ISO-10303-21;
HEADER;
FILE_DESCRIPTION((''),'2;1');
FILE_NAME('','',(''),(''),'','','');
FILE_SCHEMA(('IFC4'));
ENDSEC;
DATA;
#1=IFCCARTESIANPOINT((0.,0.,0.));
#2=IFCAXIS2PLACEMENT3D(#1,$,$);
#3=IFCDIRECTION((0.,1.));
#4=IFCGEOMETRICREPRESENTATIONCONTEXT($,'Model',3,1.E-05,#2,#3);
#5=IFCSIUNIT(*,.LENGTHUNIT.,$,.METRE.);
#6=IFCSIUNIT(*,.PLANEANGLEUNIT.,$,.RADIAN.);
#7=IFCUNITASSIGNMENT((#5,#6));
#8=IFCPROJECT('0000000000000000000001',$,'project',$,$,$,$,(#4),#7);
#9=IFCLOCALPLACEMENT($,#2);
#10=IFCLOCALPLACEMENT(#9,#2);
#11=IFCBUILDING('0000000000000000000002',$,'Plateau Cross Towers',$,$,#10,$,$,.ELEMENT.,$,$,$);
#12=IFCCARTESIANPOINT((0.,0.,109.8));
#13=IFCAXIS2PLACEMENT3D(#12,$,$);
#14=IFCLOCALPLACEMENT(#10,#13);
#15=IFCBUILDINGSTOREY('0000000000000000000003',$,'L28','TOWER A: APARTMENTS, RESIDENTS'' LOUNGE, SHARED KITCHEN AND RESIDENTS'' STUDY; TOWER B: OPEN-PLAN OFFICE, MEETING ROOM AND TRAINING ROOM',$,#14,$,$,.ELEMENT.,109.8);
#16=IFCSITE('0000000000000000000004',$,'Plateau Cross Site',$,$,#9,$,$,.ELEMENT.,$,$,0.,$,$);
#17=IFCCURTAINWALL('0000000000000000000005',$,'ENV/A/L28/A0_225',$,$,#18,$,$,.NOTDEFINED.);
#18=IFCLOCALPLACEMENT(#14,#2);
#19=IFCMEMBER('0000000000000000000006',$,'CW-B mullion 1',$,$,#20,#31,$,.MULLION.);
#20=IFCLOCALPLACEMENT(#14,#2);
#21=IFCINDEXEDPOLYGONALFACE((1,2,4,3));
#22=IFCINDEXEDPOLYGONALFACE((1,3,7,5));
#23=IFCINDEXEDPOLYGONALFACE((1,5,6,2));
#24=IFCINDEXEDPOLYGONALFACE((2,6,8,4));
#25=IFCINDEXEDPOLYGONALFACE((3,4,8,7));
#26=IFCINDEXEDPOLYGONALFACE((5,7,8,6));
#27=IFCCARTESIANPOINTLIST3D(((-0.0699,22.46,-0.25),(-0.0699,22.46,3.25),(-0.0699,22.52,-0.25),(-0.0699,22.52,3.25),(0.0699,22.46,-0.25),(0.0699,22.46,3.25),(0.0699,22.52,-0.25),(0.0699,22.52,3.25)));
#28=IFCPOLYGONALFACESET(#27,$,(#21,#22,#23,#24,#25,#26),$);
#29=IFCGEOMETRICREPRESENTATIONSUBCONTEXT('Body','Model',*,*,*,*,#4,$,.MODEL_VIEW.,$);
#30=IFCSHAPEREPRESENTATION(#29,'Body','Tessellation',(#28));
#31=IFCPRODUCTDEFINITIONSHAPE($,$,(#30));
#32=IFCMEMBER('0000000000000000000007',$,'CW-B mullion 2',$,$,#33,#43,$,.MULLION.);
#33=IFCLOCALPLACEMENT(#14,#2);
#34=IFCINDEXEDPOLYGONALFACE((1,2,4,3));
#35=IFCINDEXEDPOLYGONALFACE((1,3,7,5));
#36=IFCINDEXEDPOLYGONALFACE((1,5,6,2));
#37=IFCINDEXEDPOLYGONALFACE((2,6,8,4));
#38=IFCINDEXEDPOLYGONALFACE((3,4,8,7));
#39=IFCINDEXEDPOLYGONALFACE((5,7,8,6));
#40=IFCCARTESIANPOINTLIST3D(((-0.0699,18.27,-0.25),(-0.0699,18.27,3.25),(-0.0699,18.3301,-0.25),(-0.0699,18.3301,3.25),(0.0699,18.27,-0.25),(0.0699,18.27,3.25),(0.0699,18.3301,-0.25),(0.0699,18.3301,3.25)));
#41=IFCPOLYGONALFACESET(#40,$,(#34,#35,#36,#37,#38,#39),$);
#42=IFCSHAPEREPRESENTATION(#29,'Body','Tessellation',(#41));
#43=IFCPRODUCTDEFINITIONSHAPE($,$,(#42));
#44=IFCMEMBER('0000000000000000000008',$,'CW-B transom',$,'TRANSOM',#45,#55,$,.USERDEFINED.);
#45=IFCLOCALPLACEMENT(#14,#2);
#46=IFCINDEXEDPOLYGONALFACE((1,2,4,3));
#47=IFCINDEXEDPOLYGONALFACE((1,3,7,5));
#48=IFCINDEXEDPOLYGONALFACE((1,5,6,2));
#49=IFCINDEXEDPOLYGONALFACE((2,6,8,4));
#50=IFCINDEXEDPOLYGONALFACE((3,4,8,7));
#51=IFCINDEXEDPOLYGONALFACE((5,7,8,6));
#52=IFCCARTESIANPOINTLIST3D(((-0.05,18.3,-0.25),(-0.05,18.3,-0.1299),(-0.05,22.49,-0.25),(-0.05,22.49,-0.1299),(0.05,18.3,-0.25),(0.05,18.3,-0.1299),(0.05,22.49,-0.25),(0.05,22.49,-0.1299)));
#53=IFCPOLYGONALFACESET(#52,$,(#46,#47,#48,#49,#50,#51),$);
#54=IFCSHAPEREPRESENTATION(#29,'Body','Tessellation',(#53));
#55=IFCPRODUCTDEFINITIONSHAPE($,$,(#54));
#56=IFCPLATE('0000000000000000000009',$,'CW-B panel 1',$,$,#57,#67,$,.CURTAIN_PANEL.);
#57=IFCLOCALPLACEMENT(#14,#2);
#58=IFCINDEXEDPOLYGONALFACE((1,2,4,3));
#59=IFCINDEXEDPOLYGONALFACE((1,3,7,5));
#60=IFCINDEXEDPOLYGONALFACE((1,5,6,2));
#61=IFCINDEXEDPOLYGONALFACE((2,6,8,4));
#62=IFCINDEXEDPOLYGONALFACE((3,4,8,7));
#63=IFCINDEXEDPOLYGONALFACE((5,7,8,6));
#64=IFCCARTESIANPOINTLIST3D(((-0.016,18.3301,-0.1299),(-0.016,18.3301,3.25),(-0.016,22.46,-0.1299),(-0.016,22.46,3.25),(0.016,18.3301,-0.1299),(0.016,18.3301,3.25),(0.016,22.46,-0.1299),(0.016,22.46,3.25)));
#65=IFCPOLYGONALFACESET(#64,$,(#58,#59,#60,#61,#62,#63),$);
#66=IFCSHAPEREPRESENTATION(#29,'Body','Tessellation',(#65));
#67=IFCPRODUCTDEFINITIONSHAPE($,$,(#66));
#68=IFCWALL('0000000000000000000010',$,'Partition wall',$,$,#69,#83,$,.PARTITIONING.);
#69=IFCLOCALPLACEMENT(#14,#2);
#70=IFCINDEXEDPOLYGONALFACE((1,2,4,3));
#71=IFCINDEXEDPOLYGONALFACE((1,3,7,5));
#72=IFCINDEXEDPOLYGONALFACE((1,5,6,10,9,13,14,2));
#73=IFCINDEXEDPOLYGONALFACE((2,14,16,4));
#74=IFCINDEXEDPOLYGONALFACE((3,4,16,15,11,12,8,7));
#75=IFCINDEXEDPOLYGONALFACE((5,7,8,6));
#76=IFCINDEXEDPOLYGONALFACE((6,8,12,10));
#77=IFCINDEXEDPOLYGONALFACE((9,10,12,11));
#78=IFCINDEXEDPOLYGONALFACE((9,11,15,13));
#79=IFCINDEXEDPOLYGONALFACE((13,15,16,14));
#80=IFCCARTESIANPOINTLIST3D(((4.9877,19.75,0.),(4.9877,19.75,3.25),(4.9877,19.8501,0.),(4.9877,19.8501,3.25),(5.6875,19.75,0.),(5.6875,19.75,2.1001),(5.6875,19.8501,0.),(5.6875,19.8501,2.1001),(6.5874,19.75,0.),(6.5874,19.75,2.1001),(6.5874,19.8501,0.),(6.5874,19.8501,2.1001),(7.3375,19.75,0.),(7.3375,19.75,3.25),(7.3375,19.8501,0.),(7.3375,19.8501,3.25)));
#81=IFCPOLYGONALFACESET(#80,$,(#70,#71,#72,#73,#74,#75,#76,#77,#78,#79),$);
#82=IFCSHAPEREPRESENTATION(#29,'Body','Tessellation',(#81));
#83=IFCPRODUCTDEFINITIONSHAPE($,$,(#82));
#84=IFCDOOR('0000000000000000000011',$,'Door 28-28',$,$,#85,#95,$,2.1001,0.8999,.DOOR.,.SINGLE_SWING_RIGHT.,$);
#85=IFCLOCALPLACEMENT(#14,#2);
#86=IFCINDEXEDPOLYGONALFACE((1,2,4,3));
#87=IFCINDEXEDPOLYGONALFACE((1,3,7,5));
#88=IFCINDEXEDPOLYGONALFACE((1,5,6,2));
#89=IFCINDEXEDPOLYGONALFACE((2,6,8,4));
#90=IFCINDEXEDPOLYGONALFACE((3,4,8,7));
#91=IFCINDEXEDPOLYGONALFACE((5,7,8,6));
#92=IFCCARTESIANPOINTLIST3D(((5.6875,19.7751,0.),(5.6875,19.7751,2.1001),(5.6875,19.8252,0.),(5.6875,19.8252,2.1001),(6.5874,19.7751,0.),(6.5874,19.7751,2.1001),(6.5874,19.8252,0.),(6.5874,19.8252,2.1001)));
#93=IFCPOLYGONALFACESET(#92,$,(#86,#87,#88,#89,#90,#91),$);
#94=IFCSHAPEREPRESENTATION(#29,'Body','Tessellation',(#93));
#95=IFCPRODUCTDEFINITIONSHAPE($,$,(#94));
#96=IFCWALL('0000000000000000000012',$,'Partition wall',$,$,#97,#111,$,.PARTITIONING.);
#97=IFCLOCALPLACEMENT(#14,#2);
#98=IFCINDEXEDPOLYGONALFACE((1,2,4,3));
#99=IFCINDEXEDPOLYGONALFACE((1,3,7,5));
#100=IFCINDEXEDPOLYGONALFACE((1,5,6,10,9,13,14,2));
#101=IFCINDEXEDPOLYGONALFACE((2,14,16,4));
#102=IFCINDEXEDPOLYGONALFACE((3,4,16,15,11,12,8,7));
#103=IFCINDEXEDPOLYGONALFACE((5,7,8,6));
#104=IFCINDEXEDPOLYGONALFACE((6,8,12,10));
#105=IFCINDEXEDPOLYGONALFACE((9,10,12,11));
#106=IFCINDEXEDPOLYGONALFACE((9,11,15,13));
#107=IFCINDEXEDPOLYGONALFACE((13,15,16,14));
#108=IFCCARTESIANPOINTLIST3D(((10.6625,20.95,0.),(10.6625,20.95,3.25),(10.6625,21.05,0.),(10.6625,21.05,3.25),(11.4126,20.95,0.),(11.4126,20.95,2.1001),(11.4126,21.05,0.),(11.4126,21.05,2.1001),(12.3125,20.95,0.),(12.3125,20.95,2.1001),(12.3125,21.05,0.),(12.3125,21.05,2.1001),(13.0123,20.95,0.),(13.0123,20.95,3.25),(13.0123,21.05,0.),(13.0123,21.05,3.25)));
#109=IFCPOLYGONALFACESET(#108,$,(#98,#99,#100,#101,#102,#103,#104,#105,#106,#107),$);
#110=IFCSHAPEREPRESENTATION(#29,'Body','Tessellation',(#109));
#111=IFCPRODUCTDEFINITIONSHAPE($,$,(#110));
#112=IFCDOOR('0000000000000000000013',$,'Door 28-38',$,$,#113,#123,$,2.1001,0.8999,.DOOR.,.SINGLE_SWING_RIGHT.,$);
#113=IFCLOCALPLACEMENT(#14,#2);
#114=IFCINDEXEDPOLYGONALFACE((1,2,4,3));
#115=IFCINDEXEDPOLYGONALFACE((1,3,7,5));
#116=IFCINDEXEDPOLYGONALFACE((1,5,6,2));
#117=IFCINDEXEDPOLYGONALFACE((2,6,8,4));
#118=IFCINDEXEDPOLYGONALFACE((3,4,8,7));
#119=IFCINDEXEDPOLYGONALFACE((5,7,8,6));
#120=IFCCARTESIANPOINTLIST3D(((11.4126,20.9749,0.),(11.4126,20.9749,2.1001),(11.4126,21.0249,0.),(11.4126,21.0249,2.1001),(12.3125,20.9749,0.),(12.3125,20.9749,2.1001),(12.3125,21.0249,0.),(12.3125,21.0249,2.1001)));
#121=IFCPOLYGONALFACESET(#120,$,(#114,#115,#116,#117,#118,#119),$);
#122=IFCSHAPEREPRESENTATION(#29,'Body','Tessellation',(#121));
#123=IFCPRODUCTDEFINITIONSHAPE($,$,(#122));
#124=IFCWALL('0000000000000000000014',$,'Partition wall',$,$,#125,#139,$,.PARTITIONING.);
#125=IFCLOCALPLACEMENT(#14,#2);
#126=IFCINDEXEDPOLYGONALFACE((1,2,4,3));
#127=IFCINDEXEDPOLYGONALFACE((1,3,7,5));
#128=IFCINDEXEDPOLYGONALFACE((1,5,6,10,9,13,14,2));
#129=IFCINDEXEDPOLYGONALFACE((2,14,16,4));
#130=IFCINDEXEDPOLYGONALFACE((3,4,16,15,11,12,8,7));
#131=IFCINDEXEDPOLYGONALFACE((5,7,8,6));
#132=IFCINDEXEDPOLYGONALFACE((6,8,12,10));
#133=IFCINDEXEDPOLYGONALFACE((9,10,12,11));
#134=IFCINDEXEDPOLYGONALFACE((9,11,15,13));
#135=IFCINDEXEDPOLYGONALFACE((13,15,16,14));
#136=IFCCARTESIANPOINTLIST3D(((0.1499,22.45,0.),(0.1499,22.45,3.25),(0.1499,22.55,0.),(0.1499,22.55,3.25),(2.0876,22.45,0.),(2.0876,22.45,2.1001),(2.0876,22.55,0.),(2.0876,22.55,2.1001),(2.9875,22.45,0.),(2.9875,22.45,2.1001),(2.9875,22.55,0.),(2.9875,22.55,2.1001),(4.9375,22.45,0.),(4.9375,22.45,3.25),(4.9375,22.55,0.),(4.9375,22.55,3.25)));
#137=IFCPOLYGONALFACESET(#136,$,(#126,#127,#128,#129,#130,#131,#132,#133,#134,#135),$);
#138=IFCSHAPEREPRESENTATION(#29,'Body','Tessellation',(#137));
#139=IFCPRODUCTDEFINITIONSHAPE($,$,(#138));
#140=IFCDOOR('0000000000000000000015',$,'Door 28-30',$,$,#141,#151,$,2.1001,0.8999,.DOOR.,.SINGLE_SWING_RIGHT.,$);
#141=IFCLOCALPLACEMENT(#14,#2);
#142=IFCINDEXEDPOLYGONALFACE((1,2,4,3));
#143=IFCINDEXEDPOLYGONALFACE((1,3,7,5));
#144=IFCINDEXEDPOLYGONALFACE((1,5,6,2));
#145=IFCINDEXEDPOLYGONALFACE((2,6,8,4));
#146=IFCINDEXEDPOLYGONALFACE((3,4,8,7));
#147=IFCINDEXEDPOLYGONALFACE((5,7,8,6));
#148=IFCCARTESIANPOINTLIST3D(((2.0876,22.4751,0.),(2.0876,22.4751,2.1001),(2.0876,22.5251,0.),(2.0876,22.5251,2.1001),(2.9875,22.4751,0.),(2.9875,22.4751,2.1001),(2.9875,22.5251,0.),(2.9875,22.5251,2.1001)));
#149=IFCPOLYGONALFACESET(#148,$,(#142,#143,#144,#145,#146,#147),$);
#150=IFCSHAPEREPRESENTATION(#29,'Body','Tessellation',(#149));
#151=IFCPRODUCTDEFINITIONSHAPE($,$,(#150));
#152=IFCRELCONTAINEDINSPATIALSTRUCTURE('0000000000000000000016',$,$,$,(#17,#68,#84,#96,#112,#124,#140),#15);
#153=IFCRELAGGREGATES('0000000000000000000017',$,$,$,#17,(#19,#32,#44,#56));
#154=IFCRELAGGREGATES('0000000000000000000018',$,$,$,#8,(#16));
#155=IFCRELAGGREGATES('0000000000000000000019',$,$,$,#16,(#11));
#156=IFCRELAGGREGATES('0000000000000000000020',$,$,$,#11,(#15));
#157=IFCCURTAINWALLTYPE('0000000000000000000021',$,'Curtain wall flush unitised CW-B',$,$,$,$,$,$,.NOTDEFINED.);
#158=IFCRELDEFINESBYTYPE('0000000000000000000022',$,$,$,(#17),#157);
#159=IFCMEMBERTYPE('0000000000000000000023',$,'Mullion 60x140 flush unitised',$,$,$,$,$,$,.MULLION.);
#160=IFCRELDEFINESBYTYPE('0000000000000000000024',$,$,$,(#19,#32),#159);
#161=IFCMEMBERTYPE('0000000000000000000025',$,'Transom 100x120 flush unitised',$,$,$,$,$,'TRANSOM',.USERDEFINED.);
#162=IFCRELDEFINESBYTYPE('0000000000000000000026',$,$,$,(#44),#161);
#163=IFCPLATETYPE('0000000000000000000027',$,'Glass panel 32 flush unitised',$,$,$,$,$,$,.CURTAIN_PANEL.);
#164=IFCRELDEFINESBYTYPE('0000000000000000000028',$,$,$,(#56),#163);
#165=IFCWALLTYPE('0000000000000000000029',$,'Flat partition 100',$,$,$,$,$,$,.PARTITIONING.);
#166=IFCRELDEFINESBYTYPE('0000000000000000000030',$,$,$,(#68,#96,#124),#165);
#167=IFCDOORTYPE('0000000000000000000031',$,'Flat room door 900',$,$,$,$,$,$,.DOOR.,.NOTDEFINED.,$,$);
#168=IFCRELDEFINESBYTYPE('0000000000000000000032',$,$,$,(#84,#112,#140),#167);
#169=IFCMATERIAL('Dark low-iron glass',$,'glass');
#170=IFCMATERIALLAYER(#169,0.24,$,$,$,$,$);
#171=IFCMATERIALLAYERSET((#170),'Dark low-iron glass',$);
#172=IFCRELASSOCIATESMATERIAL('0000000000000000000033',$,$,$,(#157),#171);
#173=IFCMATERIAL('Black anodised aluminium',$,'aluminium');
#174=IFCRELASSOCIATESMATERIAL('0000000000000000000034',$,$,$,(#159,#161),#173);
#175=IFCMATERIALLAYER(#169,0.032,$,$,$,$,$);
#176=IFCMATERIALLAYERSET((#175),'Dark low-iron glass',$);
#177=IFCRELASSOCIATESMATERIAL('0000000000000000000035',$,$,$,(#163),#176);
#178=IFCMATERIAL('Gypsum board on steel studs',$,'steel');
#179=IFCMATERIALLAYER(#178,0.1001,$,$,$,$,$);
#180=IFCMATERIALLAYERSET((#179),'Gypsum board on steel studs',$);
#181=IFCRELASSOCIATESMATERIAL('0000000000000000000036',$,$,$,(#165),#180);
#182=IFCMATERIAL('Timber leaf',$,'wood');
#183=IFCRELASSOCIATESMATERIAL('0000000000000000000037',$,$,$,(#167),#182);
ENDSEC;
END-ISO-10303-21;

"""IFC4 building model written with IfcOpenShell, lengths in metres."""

from ifc_helpers import new_model, si_unit, direction, frame, frame_2d, origin, origin_2d, place, context, subcontext, project, spatial, rectangle, extrude, material, layer, layer_set, material_profile, profile_set, type_object, element, fill, aggregate, save


model = new_model("IFC4")

# Units and contexts
model_context = context("Model", 3, precision=1e-05, world=origin(), true_north=direction((0.0, 1.0)))
body_context = subcontext(model_context, "Body", "Model", "MODEL_VIEW")
ifc_project = project(units=[si_unit("LENGTHUNIT", "METRE"), si_unit("PLANEANGLEUNIT", "RADIAN")], contexts=[model_context])

# Site, building, storey
site_placement = place(None, origin())
site = spatial("IfcSite", under=ifc_project, at=site_placement, Name="Plateau Cross Site", CompositionType="ELEMENT", RefElevation=0.0)
building_placement = place(site_placement, origin())
building = spatial("IfcBuilding", under=site, at=building_placement, Name="Plateau Cross Towers", CompositionType="ELEMENT")
storey_placement = place(building_placement, frame((0.0, 0.0, 109.8)))
storey = spatial("IfcBuildingStorey", under=building, at=storey_placement, Name="L28", Description="TOWER A: APARTMENTS, RESIDENTS' LOUNGE, SHARED KITCHEN AND RESIDENTS' STUDY; TOWER B: OPEN-PLAN OFFICE, MEETING ROOM AND TRAINING ROOM", CompositionType="ELEMENT", Elevation=109.8)

# Curtain wall, members, plate
ifc_material_1 = material(Name="Dark low-iron glass", Category="glass")
ifc_layer_1 = layer(ifc_material_1, 0.24)
ifc_layer_set_1 = layer_set([ifc_layer_1], Name="Dark low-iron glass")
curtain_wall_type = type_object("IfcCurtainWallType", Name="Curtain wall flush unitised CW-B", PredefinedType="NOTDEFINED", material=ifc_layer_set_1)
curtain_wall_placement = place(storey_placement, origin())
curtain_wall = element("IfcCurtainWall", 1, at=curtain_wall_placement, inside=storey, type_object=curtain_wall_type, Name="ENV/A/L28/A0_225", PredefinedType="NOTDEFINED")
ifc_material_2 = material(Name="Black anodised aluminium", Category="aluminium")
ifc_material_profile_1 = material_profile(ifc_material_2, rectangle(XDim=0.0601, YDim=0.1399, at=origin_2d()), Name="MULLION 60x140")
ifc_profile_set_1 = profile_set([ifc_material_profile_1], Name="Black anodised aluminium")
member_type_1 = type_object("IfcMemberType", Name="Mullion 60x140 flush unitised", PredefinedType="MULLION", material=ifc_profile_set_1)
member_1_placement = place(storey_placement, frame((0.0, 22.49, -0.25), z_axis=(0.0, 0.0, 1.0), x_axis=(0.0, -1.0, 0.0)))
member_1 = element("IfcMember", 2, at=member_1_placement, type_object=member_type_1, Name="CW-B mullion 1", PredefinedType="MULLION", context=body_context, shape_type="SweptSolid", body=[
    extrude(rectangle(XDim=0.0601, YDim=0.1399, at=origin_2d()), origin(), (0.0, 0.0, 1.0), 3.5),
])
member_2_placement = place(storey_placement, frame((0.0, 18.3, -0.25), z_axis=(0.0, 0.0, 1.0), x_axis=(0.0, -1.0, 0.0)))
member_2 = element("IfcMember", 3, at=member_2_placement, type_object=member_type_1, Name="CW-B mullion 2", PredefinedType="MULLION", context=body_context, shape_type="SweptSolid", body=[
    extrude(rectangle(XDim=0.0601, YDim=0.1399, at=origin_2d()), origin(), (0.0, 0.0, 1.0), 3.5),
])
ifc_material_profile_2 = material_profile(ifc_material_2, rectangle(XDim=0.1001, YDim=0.1201, at=origin_2d()), Name="TRANSOM 100x120")
ifc_profile_set_2 = profile_set([ifc_material_profile_2], Name="Black anodised aluminium")
member_type_2 = type_object("IfcMemberType", Name="Transom 100x120 flush unitised", ElementType="TRANSOM", PredefinedType="USERDEFINED", material=ifc_profile_set_2)
member_3_placement = place(storey_placement, frame((0.0, 22.49, -0.1899), z_axis=(0.0, -1.0, 0.0), x_axis=(1.0, 0.0, 0.0)))
member_3 = element("IfcMember", 4, at=member_3_placement, type_object=member_type_2, Name="CW-B transom", ObjectType="TRANSOM", PredefinedType="USERDEFINED", context=body_context, shape_type="SweptSolid", body=[
    extrude(rectangle(XDim=0.1001, YDim=0.1201, at=origin_2d()), origin(), (0.0, 0.0, 1.0), 4.1899),
])
ifc_layer_2 = layer(ifc_material_1, 0.032)
ifc_layer_set_2 = layer_set([ifc_layer_2], Name="Dark low-iron glass")
plate_type = type_object("IfcPlateType", Name="Glass panel 32 flush unitised", PredefinedType="CURTAIN_PANEL", material=ifc_layer_set_2)
plate_placement = place(storey_placement, frame((0.0, 20.395, -0.1299), z_axis=(0.0, 0.0, 1.0), x_axis=(0.0, -1.0, 0.0)))
plate = element("IfcPlate", 5, at=plate_placement, type_object=plate_type, Name="CW-B panel 1", PredefinedType="CURTAIN_PANEL", context=body_context, shape_type="SweptSolid", body=[
    extrude(rectangle(XDim=4.1299, YDim=0.032, at=origin_2d()), origin(), (0.0, 0.0, 1.0), 3.3799),
])
aggregate(curtain_wall, [member_1, member_2, member_3, plate])

# Walls, openings, doors
ifc_material_3 = material(Name="Gypsum board on steel studs", Category="steel")
ifc_layer_3 = layer(ifc_material_3, 0.1001)
ifc_layer_set_3 = layer_set([ifc_layer_3], Name="Gypsum board on steel studs")
wall_type_1 = type_object("IfcWallType", Name="Flat partition 100", PredefinedType="PARTITIONING", material=ifc_layer_set_3)
wall_1_placement = place(storey_placement, frame((7.3374, 19.8, 0.0), z_axis=(0.0, 0.0, 1.0), x_axis=(-1.0, 0.0, 0.0)))
wall_1 = element("IfcWall", 6, at=wall_1_placement, inside=storey, type_object=wall_type_1, Name="Partition wall", PredefinedType="PARTITIONING", context=body_context, shape_type="SweptSolid", body=[
    extrude(rectangle(XDim=2.3499, YDim=0.1001, at=frame_2d((1.1748, 0.0))), origin(), (0.0, 0.0, 1.0), 3.25),
])
opening_1_placement = place(wall_1_placement, frame((0.75, 0.0, 0.0)))
opening_1 = element("IfcOpeningElement", 7, at=opening_1_placement, cuts=wall_1, PredefinedType="OPENING", context=body_context, shape_type="SweptSolid", body=[
    extrude(rectangle(XDim=0.8999, YDim=2.1001, at=frame_2d((0.45, 1.05))), frame((0.0, 0.0601, 0.0), z_axis=(0.0, -1.0, 0.0), x_axis=(1.0, 0.0, 0.0)), (0.0, 0.0, 1.0), 0.1201),
])
ifc_material_4 = material(Name="Timber leaf", Category="wood")
door_type_1 = type_object("IfcDoorType", Name="Flat room door 900", OperationType="NOTDEFINED", PredefinedType="DOOR", material=ifc_material_4)
door_1_placement = place(opening_1_placement, origin())
door_1 = element("IfcDoor", 8, at=door_1_placement, inside=storey, type_object=door_type_1, Name="Door 28-28", OperationType="SINGLE_SWING_RIGHT", OverallHeight=2.1001, OverallWidth=0.8999, PredefinedType="DOOR", context=body_context, shape_type="SweptSolid", body=[
    extrude(rectangle(XDim=0.8999, YDim=2.1001, at=frame_2d((0.45, 1.05))), frame((0.0, 0.0249, 0.0), z_axis=(0.0, -1.0, 0.0), x_axis=(1.0, 0.0, 0.0)), (0.0, 0.0, 1.0), 0.05),
])
fill(opening_1, door_1)
wall_2_placement = place(storey_placement, frame((10.6626, 21.0, 0.0), z_axis=(0.0, 0.0, 1.0), x_axis=(1.0, 0.0, 0.0)))
wall_2 = element("IfcWall", 9, at=wall_2_placement, inside=storey, type_object=wall_type_1, Name="Partition wall", PredefinedType="PARTITIONING", context=body_context, shape_type="SweptSolid", body=[
    extrude(rectangle(XDim=2.3499, YDim=0.1001, at=frame_2d((1.1748, 0.0))), origin(), (0.0, 0.0, 1.0), 3.25),
])
opening_2_placement = place(wall_2_placement, frame((0.75, 0.0, 0.0)))
opening_2 = element("IfcOpeningElement", 10, at=opening_2_placement, cuts=wall_2, PredefinedType="OPENING", context=body_context, shape_type="SweptSolid", body=[
    extrude(rectangle(XDim=0.8999, YDim=2.1001, at=frame_2d((0.45, 1.05))), frame((0.0, 0.0601, 0.0), z_axis=(0.0, -1.0, 0.0), x_axis=(1.0, 0.0, 0.0)), (0.0, 0.0, 1.0), 0.1201),
])
door_2_placement = place(opening_2_placement, origin())
door_2 = element("IfcDoor", 11, at=door_2_placement, inside=storey, type_object=door_type_1, Name="Door 28-38", OperationType="SINGLE_SWING_RIGHT", OverallHeight=2.1001, OverallWidth=0.8999, PredefinedType="DOOR", context=body_context, shape_type="SweptSolid", body=[
    extrude(rectangle(XDim=0.8999, YDim=2.1001, at=frame_2d((0.45, 1.05))), frame((0.0, 0.0249, 0.0), z_axis=(0.0, -1.0, 0.0), x_axis=(1.0, 0.0, 0.0)), (0.0, 0.0, 1.0), 0.05),
])
fill(opening_2, door_2)
wall_3_placement = place(storey_placement, frame((4.9375, 22.5, 0.0), z_axis=(0.0, 0.0, 1.0), x_axis=(-1.0, 0.0, 0.0)))
wall_3 = element("IfcWall", 12, at=wall_3_placement, inside=storey, type_object=wall_type_1, Name="Partition wall", PredefinedType="PARTITIONING", context=body_context, shape_type="SweptSolid", body=[
    extrude(rectangle(XDim=4.7876, YDim=0.1001, at=frame_2d((2.3938, 0.0))), origin(), (0.0, 0.0, 1.0), 3.25),
])
opening_3_placement = place(wall_3_placement, frame((1.95, 0.0, 0.0)))
opening_3 = element("IfcOpeningElement", 13, at=opening_3_placement, cuts=wall_3, PredefinedType="OPENING", context=body_context, shape_type="SweptSolid", body=[
    extrude(rectangle(XDim=0.8999, YDim=2.1001, at=frame_2d((0.45, 1.05))), frame((0.0, 0.0601, 0.0), z_axis=(0.0, -1.0, 0.0), x_axis=(1.0, 0.0, 0.0)), (0.0, 0.0, 1.0), 0.1201),
])
door_3_placement = place(opening_3_placement, origin())
door_3 = element("IfcDoor", 14, at=door_3_placement, inside=storey, type_object=door_type_1, Name="Door 28-30", OperationType="SINGLE_SWING_RIGHT", OverallHeight=2.1001, OverallWidth=0.8999, PredefinedType="DOOR", context=body_context, shape_type="SweptSolid", body=[
    extrude(rectangle(XDim=0.8999, YDim=2.1001, at=frame_2d((0.45, 1.05))), frame((0.0, 0.0249, 0.0), z_axis=(0.0, -1.0, 0.0), x_axis=(1.0, 0.0, 0.0)), (0.0, 0.0, 1.0), 0.05),
])
fill(opening_3, door_3)

save(model, "model.ifc")
